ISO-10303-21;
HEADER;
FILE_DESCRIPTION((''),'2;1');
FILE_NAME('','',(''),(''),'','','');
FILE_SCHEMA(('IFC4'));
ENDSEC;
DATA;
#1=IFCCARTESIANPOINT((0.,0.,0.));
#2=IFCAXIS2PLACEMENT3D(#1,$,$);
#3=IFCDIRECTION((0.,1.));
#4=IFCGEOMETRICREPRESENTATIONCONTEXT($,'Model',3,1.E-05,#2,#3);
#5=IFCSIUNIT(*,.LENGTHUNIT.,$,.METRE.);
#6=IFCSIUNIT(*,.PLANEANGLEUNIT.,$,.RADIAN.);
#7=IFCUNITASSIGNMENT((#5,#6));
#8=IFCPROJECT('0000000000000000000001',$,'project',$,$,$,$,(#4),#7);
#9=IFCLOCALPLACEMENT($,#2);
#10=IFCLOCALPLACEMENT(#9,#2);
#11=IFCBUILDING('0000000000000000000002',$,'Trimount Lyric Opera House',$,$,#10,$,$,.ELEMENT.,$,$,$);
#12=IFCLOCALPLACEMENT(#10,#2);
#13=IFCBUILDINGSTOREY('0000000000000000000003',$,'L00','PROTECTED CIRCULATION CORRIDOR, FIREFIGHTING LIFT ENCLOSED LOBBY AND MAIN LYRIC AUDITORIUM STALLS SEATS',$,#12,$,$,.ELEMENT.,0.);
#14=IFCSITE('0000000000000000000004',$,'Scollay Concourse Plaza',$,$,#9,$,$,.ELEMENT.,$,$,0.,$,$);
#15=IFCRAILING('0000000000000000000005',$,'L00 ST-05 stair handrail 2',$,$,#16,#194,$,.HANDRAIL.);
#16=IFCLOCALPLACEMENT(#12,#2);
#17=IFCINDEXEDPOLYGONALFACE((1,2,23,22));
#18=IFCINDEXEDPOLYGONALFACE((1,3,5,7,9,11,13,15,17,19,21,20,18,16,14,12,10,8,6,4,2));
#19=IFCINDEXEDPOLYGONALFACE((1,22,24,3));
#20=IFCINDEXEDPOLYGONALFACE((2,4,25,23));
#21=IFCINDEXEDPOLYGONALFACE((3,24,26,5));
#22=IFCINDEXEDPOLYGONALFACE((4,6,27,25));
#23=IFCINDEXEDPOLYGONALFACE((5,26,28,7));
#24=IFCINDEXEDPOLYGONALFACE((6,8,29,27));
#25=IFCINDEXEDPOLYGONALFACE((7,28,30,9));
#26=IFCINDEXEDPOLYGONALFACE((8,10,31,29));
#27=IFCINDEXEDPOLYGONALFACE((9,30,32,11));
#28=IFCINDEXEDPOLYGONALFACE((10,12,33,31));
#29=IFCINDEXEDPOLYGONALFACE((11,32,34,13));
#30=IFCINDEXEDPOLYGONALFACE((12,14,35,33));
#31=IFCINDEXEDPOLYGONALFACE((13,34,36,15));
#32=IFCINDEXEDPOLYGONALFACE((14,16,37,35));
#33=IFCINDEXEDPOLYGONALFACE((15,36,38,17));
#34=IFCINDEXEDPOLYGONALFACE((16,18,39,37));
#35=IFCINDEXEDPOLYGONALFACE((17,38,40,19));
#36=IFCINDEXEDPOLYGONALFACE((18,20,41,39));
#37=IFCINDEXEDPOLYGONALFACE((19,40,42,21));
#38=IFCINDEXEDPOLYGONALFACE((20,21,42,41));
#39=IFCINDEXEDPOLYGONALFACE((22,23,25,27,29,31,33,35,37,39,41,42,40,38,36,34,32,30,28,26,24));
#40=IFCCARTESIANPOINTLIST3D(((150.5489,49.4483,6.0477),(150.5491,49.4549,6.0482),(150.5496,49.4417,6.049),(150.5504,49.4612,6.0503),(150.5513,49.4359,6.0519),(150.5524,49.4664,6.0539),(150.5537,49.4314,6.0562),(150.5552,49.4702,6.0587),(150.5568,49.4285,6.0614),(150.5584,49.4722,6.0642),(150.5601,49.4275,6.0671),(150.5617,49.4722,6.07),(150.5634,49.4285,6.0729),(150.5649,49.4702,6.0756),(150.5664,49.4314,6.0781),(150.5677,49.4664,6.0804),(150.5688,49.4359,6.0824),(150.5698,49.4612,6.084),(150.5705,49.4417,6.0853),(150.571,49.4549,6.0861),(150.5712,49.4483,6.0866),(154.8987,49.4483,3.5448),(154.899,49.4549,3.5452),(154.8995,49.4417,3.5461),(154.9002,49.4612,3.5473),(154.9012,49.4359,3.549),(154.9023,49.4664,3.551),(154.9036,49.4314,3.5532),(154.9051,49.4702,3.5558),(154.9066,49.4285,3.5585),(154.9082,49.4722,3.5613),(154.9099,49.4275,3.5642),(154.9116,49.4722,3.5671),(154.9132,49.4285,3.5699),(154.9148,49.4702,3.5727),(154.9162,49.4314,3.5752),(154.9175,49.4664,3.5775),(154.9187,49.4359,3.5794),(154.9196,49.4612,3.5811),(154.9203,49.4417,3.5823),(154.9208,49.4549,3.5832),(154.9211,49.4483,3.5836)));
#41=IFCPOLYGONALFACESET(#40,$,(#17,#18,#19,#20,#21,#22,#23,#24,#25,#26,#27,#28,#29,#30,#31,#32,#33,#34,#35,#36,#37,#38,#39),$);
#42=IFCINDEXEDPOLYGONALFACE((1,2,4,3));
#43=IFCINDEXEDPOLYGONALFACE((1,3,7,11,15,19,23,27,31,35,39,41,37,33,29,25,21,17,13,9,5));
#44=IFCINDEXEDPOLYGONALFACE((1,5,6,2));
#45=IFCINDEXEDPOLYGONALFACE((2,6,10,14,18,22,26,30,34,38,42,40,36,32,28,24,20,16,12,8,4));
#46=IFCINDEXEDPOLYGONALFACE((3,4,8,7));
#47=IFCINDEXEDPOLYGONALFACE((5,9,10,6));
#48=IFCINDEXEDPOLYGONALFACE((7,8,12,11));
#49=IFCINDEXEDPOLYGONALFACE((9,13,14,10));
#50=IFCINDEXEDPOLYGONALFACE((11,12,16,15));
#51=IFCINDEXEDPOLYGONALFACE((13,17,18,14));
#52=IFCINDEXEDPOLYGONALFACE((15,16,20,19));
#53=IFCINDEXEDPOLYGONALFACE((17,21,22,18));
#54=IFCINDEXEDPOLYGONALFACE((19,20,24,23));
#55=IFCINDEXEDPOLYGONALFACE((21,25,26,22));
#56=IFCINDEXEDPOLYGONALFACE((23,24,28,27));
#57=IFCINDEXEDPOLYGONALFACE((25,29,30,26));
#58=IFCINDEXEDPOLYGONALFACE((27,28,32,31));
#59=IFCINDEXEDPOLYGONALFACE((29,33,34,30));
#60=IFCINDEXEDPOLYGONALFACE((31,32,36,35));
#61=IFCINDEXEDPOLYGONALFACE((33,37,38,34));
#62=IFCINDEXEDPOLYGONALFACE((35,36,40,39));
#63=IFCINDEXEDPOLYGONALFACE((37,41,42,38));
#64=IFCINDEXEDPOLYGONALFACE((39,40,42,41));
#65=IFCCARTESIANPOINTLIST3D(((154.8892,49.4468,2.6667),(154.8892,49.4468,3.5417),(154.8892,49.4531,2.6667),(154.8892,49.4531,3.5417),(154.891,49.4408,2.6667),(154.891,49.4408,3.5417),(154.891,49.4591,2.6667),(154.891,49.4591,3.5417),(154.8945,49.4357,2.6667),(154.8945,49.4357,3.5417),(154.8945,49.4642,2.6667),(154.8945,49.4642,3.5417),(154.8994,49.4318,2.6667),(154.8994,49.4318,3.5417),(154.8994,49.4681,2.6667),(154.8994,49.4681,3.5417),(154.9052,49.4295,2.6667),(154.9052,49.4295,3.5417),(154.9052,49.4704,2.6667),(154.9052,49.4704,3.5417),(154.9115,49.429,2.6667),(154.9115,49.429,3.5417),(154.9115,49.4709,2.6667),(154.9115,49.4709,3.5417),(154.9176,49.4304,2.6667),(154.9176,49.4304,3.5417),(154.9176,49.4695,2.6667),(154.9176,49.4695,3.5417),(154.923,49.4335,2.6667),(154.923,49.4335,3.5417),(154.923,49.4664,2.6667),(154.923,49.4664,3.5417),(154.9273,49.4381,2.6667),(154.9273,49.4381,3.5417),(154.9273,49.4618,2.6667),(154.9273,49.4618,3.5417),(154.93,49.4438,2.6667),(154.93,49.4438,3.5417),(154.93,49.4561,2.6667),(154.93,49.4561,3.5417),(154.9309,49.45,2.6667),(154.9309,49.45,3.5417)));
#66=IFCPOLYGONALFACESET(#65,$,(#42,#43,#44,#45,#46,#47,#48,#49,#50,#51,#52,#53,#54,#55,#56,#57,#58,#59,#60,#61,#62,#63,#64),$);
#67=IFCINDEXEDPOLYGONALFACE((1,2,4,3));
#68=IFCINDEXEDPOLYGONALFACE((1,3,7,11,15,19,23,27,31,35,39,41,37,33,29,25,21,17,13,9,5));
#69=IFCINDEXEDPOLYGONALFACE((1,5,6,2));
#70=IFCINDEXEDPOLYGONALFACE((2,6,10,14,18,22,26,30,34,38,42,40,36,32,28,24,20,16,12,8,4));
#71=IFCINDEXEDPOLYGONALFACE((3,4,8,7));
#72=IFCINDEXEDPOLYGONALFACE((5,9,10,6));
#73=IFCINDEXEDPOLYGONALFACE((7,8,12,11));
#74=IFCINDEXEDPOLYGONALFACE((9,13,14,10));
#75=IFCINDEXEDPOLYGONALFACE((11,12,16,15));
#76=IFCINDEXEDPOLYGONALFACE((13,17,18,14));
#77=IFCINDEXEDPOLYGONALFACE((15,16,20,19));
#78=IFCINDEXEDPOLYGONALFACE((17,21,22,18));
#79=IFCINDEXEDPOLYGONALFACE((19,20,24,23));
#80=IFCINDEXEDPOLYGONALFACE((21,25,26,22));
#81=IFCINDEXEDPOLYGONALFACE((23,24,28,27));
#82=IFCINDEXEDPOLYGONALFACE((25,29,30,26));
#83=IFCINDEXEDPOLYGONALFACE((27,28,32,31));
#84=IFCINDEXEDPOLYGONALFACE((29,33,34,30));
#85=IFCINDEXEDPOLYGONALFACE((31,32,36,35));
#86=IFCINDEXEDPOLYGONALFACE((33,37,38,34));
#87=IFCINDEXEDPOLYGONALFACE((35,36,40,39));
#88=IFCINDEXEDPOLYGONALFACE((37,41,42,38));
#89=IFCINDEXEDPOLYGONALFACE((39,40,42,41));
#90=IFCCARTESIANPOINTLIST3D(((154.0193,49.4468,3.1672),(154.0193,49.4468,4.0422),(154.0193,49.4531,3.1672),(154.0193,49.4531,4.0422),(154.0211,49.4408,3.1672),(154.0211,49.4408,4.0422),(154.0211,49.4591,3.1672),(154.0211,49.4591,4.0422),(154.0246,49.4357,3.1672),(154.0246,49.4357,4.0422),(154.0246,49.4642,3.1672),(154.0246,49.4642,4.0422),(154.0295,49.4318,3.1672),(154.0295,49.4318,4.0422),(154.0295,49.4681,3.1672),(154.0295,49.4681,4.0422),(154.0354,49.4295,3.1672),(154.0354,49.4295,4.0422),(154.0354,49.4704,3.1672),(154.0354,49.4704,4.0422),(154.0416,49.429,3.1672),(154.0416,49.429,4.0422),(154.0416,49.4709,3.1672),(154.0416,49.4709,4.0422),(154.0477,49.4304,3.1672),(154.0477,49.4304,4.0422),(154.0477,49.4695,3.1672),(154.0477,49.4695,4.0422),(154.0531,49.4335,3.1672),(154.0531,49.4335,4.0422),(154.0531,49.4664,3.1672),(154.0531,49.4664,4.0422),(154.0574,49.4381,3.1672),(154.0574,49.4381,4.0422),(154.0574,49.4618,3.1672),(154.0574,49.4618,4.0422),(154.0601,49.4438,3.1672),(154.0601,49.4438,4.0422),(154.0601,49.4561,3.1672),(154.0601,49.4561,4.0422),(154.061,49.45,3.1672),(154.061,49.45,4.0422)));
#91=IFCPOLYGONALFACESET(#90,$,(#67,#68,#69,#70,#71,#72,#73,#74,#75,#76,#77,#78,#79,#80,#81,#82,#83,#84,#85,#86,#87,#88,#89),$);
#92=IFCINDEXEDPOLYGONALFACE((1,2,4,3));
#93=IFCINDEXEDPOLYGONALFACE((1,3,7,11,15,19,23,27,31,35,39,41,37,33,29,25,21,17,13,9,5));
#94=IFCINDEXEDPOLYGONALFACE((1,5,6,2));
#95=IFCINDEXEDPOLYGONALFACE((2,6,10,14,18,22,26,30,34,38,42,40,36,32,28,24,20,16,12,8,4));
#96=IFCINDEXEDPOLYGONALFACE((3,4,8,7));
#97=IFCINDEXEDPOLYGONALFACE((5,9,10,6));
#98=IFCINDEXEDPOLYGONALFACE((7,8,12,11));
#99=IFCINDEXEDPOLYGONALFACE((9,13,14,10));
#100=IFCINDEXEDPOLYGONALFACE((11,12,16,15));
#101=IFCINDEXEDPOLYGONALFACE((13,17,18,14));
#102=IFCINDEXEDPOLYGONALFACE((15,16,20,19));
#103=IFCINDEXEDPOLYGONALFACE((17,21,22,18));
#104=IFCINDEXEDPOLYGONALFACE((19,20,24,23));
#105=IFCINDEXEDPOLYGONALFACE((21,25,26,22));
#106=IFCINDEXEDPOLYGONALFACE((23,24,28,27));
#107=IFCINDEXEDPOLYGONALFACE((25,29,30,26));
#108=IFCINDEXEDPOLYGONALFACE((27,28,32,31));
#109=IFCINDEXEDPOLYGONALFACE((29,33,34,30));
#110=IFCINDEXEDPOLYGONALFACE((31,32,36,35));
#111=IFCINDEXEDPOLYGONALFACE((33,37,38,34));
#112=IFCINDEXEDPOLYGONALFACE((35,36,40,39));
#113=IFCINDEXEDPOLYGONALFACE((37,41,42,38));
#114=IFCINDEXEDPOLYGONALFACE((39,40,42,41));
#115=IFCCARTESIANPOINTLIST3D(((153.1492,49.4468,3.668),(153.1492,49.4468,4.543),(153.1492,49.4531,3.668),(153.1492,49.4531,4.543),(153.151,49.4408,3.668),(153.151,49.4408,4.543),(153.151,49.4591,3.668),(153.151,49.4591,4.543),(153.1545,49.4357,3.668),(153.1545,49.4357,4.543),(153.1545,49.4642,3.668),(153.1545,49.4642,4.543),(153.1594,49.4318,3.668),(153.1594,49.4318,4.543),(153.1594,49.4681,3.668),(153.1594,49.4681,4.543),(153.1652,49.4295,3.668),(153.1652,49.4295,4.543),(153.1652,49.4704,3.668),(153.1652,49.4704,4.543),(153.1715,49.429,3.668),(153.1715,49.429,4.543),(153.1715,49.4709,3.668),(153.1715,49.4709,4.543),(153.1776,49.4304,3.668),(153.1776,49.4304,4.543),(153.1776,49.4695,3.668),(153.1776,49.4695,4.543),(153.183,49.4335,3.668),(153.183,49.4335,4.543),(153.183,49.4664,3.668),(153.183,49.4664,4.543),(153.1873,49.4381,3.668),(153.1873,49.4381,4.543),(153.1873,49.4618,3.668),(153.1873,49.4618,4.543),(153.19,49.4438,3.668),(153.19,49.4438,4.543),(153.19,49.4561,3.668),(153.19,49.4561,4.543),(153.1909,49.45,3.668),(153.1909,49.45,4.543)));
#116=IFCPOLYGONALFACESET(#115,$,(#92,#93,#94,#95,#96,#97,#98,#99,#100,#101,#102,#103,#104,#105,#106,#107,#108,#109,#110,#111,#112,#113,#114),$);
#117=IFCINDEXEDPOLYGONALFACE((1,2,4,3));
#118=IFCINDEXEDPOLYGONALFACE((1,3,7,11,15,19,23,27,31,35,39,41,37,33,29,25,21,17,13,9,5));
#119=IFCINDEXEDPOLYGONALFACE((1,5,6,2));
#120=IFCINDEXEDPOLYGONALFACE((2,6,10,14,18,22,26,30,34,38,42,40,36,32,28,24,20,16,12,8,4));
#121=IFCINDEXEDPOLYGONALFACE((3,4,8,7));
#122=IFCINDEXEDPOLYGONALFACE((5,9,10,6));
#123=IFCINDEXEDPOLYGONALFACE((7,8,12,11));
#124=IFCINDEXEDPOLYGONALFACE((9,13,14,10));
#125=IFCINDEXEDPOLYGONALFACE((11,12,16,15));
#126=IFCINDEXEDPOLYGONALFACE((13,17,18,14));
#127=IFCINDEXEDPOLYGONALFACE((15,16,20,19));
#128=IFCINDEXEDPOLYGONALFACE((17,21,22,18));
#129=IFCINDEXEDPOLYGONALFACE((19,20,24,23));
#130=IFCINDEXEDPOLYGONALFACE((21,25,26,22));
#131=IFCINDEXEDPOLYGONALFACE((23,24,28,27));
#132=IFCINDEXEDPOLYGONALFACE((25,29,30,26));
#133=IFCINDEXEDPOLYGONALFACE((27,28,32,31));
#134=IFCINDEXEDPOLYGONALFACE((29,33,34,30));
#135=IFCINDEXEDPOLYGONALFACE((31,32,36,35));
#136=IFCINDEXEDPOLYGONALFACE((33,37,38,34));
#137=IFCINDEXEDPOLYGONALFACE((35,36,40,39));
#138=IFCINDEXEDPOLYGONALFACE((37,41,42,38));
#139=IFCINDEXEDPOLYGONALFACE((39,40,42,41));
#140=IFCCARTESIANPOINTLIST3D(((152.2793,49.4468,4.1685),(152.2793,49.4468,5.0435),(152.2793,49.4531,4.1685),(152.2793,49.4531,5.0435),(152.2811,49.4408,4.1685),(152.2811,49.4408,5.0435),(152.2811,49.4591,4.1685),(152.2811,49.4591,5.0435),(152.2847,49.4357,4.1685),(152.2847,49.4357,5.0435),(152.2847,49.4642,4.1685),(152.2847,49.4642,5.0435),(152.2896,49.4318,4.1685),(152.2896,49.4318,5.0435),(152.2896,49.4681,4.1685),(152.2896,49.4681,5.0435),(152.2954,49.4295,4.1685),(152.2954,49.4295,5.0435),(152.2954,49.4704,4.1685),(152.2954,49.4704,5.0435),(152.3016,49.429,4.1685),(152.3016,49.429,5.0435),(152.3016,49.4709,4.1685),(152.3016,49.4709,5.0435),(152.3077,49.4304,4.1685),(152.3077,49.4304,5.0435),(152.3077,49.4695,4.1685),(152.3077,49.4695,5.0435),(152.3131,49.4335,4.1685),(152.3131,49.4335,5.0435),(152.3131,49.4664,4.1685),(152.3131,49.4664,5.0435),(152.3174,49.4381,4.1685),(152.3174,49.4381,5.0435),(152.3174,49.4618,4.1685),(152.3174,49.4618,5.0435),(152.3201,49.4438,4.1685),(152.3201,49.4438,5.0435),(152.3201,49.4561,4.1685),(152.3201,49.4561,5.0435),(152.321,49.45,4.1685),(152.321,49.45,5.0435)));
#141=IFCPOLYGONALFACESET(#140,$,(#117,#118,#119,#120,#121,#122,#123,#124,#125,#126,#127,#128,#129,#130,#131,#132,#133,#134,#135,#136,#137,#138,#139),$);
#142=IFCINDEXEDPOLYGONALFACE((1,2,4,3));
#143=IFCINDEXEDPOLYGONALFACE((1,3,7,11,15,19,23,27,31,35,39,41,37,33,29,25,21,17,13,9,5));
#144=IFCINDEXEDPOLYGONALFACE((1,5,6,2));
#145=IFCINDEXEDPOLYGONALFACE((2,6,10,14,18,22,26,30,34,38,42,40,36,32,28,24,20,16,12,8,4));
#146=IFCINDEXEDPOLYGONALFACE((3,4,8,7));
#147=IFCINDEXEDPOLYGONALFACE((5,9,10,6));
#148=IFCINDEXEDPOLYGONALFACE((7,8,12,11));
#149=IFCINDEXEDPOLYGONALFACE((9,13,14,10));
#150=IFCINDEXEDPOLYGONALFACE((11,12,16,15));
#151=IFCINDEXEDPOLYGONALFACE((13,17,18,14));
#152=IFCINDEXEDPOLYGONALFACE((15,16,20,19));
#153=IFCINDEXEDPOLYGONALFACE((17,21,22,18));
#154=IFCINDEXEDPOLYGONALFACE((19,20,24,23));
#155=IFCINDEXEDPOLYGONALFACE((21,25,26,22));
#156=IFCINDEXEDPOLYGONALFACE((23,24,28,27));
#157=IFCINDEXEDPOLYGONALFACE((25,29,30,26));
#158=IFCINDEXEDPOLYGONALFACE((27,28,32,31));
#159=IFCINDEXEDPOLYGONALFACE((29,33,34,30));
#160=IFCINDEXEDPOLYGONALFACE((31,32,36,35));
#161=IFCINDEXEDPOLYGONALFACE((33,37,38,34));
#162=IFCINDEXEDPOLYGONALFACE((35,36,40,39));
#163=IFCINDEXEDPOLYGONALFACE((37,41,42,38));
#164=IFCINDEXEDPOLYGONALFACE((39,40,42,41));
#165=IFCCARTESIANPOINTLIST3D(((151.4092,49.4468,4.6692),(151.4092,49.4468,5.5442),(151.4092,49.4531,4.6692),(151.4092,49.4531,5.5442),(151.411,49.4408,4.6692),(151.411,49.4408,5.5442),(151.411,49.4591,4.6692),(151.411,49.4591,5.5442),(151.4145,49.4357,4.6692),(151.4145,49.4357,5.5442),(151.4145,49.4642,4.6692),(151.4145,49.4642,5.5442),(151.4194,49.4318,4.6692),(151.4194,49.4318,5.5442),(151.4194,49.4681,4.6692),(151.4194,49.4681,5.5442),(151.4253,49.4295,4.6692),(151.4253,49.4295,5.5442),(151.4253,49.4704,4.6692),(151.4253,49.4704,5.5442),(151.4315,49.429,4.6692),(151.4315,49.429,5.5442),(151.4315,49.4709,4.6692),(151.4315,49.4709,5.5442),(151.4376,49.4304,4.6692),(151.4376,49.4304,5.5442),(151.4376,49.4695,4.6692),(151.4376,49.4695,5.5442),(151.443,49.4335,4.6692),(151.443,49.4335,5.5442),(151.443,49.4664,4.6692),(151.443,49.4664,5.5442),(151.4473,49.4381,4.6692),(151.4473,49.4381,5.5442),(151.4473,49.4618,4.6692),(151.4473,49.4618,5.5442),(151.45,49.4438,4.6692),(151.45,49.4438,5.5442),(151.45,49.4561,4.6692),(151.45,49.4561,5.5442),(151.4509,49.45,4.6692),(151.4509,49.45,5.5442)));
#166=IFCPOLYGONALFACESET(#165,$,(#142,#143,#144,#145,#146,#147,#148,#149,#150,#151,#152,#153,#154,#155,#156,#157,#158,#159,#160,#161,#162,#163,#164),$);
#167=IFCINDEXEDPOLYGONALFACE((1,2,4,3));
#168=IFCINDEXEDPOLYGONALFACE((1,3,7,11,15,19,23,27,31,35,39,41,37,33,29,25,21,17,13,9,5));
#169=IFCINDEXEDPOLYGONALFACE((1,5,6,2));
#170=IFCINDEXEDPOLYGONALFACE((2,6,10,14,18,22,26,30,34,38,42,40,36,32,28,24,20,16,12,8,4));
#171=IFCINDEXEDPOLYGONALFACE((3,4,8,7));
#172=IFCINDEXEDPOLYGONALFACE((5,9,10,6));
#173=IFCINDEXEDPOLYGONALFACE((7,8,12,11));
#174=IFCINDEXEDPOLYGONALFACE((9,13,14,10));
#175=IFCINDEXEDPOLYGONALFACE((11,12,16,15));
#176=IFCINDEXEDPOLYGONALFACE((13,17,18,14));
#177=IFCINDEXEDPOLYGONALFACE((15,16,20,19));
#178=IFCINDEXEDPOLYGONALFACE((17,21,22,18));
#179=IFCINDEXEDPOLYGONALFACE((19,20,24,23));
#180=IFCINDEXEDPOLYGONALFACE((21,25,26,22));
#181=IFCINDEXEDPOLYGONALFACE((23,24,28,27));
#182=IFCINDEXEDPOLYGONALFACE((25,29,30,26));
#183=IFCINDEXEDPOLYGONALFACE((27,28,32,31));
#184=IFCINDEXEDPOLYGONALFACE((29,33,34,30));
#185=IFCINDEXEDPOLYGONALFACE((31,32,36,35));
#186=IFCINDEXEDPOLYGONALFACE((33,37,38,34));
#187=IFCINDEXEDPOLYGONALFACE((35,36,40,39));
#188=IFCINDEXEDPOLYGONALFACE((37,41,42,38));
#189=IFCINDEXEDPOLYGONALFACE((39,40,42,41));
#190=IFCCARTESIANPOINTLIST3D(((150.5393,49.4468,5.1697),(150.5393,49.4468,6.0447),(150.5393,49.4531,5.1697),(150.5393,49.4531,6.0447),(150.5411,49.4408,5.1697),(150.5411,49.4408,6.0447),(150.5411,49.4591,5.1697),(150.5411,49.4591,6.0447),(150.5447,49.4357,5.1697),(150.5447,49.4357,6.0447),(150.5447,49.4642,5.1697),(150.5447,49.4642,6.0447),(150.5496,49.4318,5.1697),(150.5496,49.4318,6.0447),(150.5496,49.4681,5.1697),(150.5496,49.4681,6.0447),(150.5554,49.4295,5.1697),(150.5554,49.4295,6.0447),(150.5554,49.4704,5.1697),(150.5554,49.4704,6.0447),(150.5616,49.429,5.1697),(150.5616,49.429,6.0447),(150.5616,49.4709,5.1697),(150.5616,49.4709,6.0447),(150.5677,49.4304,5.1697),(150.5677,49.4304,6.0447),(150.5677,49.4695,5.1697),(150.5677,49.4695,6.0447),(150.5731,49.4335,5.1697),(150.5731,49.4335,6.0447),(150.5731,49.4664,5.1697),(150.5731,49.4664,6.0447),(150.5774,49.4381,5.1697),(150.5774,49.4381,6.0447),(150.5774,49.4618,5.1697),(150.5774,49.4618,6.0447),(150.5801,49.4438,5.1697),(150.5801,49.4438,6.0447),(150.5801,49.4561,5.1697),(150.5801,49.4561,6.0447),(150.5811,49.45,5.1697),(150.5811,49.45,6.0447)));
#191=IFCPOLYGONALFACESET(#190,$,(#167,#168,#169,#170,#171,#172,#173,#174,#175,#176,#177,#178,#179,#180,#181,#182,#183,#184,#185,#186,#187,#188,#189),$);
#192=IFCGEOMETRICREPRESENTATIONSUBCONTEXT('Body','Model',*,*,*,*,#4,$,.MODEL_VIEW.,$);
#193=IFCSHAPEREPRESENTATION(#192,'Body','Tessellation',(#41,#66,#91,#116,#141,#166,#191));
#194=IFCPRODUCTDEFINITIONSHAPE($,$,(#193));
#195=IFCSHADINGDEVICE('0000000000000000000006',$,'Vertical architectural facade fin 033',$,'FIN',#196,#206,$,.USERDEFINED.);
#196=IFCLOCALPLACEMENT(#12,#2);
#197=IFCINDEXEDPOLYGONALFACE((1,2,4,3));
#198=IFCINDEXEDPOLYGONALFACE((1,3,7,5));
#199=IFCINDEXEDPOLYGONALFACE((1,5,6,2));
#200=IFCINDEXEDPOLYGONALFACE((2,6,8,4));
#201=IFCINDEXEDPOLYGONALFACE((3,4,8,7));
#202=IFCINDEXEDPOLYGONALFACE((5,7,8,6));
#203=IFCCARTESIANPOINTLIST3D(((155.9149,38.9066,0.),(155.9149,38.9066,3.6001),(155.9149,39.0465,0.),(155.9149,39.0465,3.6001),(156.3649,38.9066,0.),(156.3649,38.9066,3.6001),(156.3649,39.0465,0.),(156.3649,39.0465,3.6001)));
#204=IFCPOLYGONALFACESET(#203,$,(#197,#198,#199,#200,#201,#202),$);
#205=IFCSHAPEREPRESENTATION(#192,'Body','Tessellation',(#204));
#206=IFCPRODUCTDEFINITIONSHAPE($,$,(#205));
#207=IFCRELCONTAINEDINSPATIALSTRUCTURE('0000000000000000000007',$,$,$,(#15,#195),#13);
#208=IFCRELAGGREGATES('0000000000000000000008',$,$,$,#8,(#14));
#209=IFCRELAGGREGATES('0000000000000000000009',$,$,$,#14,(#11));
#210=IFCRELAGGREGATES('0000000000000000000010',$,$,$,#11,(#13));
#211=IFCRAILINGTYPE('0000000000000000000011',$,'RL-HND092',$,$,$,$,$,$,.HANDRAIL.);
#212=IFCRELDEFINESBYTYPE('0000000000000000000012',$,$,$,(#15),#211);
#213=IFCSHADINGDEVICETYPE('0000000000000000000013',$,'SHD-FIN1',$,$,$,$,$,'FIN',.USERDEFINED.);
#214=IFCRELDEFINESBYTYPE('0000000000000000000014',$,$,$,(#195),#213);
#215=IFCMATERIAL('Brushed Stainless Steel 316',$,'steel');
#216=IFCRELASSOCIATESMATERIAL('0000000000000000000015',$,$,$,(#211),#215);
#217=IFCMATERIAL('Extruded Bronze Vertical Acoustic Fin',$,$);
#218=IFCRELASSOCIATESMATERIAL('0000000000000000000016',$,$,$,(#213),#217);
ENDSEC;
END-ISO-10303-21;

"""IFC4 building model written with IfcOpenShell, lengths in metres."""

from ifc_helpers import new_model, si_unit, direction, frame, origin, origin_2d, place, context, subcontext, project, spatial, rectangle, circle, extrude, material, type_object, element, save


model = new_model("IFC4")

# Units and contexts
model_context = context("Model", 3, precision=1e-05, world=origin(), true_north=direction((0.0, 1.0)))
body_context = subcontext(model_context, "Body", "Model", "MODEL_VIEW")
ifc_project = project(units=[si_unit("LENGTHUNIT", "METRE"), si_unit("PLANEANGLEUNIT", "RADIAN")], contexts=[model_context])

# Site, building, storey
site_placement = place(None, origin())
site = spatial("IfcSite", under=ifc_project, at=site_placement, Name="Scollay Concourse Plaza", CompositionType="ELEMENT", RefElevation=0.0)
building_placement = place(site_placement, origin())
building = spatial("IfcBuilding", under=site, at=building_placement, Name="Trimount Lyric Opera House", CompositionType="ELEMENT")
storey_placement = place(building_placement, origin())
storey = spatial("IfcBuildingStorey", under=building, at=storey_placement, Name="L00", Description="PROTECTED CIRCULATION CORRIDOR, FIREFIGHTING LIFT ENCLOSED LOBBY AND MAIN LYRIC AUDITORIUM STALLS SEATS", CompositionType="ELEMENT", Elevation=0.0)

# Railing
ifc_material_1 = material(Name="Brushed Stainless Steel 316", Category="steel")
railing_type_1 = type_object("IfcRailingType", Name="RL-HND092", PredefinedType="HANDRAIL", material=ifc_material_1)
railing_1_placement = place(storey_placement, frame((154.9099, 49.45, 2.6667)))
element("IfcRailing", 1, at=railing_1_placement, inside=storey, type_object=railing_type_1, Name="L00 ST-05 stair handrail 2", PredefinedType="HANDRAIL", context=body_context, shape_type="SweptSolid", body=[
    extrude(circle(Radius=0.0225, at=origin_2d()), frame((0.0, 0.0, 0.8975), z_axis=(-0.866754, 0.0, 0.498735), x_axis=(0.0, -1.0, 0.0)), (0.0, 0.0, 1.0), 5.0186),
    extrude(circle(Radius=0.021, at=origin_2d()), origin(), (0.0, 0.0, 1.0), 0.875),
    extrude(circle(Radius=0.021, at=origin_2d()), frame((-0.8699, 0.0, 0.5005)), (0.0, 0.0, 1.0), 0.875),
    extrude(circle(Radius=0.021, at=origin_2d()), frame((-1.74, 0.0, 1.0012)), (0.0, 0.0, 1.0), 0.875),
    extrude(circle(Radius=0.021, at=origin_2d()), frame((-2.6099, 0.0, 1.5017)), (0.0, 0.0, 1.0), 0.875),
    extrude(circle(Radius=0.021, at=origin_2d()), frame((-3.48, 0.0, 2.0024)), (0.0, 0.0, 1.0), 0.875),
    extrude(circle(Radius=0.021, at=origin_2d()), frame((-4.3499, 0.0, 2.5029)), (0.0, 0.0, 1.0), 0.875),
])

# Shading device
ifc_material_2 = material(Name="Extruded Bronze Vertical Acoustic Fin")
shading_device_type_1 = type_object("IfcShadingDeviceType", Name="SHD-FIN1", ElementType="FIN", PredefinedType="USERDEFINED", material=ifc_material_2)
shading_device_1_placement = place(storey_placement, frame((156.1399, 38.9766, 0.0), z_axis=(0.0, 0.0, 1.0), x_axis=(1.0, 0.0, 0.0)))
element("IfcShadingDevice", 2, at=shading_device_1_placement, inside=storey, type_object=shading_device_type_1, Name="Vertical architectural facade fin 033", ObjectType="FIN", PredefinedType="USERDEFINED", context=body_context, shape_type="SweptSolid", body=[
    extrude(rectangle(XDim=0.45, YDim=0.1399, at=origin_2d()), origin(), (0.0, 0.0, 1.0), 3.6001),
])

save(model, "model.ifc")
